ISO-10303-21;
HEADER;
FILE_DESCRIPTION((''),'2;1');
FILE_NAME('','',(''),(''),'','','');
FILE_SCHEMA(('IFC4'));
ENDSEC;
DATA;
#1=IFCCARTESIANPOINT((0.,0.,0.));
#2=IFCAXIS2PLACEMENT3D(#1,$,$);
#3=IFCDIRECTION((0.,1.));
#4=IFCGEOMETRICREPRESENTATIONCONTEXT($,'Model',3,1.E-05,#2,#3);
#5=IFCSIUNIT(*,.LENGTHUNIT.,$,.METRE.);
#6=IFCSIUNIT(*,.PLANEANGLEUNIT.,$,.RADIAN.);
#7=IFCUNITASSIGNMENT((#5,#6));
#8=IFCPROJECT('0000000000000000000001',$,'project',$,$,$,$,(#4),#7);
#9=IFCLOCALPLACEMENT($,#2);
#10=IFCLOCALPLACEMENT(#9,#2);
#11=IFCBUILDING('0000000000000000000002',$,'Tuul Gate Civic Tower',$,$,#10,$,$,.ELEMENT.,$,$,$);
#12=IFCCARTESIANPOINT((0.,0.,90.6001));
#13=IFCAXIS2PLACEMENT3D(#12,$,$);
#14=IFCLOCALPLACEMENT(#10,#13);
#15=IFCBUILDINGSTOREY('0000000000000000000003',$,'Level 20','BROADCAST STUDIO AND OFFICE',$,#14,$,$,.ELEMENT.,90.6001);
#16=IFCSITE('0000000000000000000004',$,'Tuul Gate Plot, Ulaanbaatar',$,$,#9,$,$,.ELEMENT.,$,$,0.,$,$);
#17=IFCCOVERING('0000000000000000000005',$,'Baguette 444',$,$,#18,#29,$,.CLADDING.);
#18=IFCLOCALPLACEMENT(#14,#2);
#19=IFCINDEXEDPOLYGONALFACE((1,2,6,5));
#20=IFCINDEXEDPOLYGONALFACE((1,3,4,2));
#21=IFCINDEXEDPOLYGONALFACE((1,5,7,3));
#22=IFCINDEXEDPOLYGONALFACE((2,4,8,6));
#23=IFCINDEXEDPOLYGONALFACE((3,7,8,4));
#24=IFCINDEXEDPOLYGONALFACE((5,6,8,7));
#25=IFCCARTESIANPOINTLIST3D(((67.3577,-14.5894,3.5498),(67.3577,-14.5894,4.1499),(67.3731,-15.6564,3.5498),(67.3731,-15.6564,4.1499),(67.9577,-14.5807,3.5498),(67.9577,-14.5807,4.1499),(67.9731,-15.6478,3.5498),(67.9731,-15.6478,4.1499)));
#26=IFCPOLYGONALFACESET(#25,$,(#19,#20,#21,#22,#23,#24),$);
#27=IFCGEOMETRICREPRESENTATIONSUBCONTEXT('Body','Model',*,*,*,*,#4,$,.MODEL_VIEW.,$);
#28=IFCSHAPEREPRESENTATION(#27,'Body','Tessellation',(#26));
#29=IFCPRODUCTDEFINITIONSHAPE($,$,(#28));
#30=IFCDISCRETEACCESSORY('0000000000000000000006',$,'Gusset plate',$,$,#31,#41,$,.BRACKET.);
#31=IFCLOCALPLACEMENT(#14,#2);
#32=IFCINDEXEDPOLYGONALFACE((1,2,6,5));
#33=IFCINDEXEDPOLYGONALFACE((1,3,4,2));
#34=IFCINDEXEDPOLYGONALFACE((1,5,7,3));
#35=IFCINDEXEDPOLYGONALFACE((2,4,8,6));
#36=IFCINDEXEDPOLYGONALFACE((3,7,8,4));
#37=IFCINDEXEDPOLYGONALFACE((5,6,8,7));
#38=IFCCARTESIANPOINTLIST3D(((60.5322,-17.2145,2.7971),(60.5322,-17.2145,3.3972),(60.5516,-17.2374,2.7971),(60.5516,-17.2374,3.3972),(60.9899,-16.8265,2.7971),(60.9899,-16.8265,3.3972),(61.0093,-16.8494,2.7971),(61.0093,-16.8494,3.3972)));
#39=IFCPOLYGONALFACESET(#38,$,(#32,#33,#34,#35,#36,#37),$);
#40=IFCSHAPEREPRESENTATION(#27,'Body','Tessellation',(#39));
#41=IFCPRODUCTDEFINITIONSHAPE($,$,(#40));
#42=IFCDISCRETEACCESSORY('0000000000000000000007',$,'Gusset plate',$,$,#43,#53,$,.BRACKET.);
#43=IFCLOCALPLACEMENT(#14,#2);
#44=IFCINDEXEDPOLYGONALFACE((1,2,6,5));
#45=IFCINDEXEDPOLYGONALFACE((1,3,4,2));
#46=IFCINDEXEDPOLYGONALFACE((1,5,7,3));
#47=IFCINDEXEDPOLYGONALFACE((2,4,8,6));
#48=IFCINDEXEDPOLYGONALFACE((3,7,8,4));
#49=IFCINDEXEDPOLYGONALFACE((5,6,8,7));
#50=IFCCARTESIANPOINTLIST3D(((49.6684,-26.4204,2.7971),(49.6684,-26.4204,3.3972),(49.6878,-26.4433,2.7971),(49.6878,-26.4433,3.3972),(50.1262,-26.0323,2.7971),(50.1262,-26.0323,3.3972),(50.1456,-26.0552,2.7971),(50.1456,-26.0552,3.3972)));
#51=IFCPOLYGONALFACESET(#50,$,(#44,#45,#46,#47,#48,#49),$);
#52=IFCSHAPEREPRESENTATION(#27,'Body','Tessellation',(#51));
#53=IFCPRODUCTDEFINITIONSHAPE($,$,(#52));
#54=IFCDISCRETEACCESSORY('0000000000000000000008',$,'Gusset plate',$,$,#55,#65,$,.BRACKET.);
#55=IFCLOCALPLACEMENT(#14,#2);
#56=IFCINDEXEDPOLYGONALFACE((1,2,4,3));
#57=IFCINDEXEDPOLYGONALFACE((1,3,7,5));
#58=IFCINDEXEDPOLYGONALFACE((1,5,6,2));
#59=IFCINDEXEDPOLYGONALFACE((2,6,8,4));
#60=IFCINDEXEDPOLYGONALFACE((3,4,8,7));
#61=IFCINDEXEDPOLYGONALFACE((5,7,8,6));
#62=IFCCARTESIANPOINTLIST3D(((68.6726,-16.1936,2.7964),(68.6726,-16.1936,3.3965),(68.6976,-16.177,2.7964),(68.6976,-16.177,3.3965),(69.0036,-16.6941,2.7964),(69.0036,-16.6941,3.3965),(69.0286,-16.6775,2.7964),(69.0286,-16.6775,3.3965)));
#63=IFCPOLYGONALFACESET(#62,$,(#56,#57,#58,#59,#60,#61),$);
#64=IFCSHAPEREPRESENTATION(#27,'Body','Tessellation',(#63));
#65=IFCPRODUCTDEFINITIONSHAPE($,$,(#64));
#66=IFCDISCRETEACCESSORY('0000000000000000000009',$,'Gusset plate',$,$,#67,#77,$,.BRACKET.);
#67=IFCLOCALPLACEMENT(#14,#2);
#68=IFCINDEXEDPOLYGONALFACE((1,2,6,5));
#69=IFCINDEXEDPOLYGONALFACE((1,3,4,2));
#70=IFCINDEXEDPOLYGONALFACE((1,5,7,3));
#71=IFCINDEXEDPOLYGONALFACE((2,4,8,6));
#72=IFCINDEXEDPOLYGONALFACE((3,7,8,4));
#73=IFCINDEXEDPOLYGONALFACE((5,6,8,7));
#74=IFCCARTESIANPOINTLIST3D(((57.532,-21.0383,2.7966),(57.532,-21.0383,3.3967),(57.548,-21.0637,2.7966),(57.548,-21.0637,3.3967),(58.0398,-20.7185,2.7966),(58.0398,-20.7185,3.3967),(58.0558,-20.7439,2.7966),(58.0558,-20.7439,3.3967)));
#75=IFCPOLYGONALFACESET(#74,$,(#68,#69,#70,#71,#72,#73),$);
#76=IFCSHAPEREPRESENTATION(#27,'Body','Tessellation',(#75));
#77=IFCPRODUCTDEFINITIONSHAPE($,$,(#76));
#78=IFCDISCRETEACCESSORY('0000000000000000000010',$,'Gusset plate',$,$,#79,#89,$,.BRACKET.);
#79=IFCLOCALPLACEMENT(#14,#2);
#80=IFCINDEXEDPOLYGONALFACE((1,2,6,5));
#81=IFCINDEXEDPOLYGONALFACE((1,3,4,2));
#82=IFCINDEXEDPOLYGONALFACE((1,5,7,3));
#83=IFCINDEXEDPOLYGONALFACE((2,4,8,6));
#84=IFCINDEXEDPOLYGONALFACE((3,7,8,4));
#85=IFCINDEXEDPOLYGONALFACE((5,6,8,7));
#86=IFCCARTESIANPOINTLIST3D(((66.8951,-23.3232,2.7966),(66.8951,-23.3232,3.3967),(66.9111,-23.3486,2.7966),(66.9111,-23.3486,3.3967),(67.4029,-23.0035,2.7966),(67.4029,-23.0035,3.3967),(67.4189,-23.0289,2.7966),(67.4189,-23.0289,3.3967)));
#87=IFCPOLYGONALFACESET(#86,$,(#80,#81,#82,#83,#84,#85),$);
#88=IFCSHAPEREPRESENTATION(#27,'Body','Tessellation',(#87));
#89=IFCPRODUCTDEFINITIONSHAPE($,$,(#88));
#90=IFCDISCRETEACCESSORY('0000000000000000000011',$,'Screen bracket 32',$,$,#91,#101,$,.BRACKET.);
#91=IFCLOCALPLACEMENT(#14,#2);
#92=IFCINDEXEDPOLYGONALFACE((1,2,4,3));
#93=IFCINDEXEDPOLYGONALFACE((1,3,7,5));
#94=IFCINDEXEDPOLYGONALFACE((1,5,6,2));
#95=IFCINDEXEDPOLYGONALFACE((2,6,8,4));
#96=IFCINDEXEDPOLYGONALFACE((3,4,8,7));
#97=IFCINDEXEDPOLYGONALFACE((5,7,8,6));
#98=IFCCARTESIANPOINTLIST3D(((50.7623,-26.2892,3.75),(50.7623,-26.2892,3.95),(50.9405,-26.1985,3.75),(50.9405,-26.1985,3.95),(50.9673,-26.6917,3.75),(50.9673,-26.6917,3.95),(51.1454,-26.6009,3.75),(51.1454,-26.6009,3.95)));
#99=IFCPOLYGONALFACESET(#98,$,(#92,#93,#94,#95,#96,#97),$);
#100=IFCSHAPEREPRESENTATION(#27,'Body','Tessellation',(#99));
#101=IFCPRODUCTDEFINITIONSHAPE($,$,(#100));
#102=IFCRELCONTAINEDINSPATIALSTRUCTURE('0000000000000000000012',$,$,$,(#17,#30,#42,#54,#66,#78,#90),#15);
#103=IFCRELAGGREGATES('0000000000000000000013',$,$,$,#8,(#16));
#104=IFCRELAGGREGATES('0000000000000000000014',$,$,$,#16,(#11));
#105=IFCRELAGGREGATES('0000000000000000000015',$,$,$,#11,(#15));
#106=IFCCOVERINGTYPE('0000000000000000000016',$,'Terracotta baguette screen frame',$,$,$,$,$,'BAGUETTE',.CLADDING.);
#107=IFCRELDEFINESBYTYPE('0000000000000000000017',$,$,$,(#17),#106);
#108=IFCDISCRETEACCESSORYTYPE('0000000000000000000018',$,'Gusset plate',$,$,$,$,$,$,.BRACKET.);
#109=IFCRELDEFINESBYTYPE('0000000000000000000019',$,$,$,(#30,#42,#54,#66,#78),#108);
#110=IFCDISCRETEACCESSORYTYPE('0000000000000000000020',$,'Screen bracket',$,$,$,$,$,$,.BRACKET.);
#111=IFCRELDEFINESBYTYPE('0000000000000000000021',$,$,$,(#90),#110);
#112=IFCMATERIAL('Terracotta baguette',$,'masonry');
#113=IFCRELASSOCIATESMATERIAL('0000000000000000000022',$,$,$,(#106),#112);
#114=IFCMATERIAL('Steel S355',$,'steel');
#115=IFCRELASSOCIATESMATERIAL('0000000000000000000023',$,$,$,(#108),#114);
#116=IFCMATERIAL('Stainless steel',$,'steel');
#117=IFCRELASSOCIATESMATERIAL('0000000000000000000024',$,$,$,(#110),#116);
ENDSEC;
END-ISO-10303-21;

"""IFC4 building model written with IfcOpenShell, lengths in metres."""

from ifc_helpers import new_model, si_unit, direction, frame, origin, origin_2d, place, context, subcontext, project, spatial, rectangle, extrude, material, material_profile, profile_set, type_object, element, save


model = new_model("IFC4")

# Units and contexts
model_context = context("Model", 3, precision=1e-05, world=origin(), true_north=direction((0.0, 1.0)))
body_context = subcontext(model_context, "Body", "Model", "MODEL_VIEW")
ifc_project = project(units=[si_unit("LENGTHUNIT", "METRE"), si_unit("PLANEANGLEUNIT", "RADIAN")], contexts=[model_context])

# Site, building, storey
site_placement = place(None, origin())
site = spatial("IfcSite", under=ifc_project, at=site_placement, Name="Tuul Gate Plot, Ulaanbaatar", CompositionType="ELEMENT", RefElevation=0.0)
building_placement = place(site_placement, origin())
building = spatial("IfcBuilding", under=site, at=building_placement, Name="Tuul Gate Civic Tower", CompositionType="ELEMENT")
storey_placement = place(building_placement, frame((0.0, 0.0, 90.6001)))
storey = spatial("IfcBuildingStorey", under=building, at=storey_placement, Name="Level 20", Description="BROADCAST STUDIO AND OFFICE", CompositionType="ELEMENT", Elevation=90.6001)

# Covering
ifc_material_1 = material(Name="Terracotta baguette", Category="masonry")
ifc_material_profile_1 = material_profile(ifc_material_1, rectangle(XDim=0.6001, YDim=0.6001, at=origin_2d()), Name="Terracotta baguette screen frame")
ifc_profile_set_1 = profile_set([ifc_material_profile_1], Name="Terracotta baguette")
covering_type = type_object("IfcCoveringType", Name="Terracotta baguette screen frame", ElementType="BAGUETTE", PredefinedType="CLADDING", material=ifc_profile_set_1)
covering_1_placement = place(storey_placement, frame((67.6731, -15.6521, 3.8499), z_axis=(-0.014412, 0.999896, 0.0), x_axis=(-0.999896, -0.014412, 0.0)))
element("IfcCovering", 1, at=covering_1_placement, inside=storey, type_object=covering_type, Name="Baguette 444", PredefinedType="CLADDING", context=body_context, shape_type="SweptSolid", body=[
    extrude(rectangle(XDim=0.6001, YDim=0.6001, at=origin_2d()), origin(), (0.0, 0.0, 1.0), 1.0671),
])

# Discrete accessories
ifc_material_2 = material(Name="Steel S355", Category="steel")
discrete_accessory_type_1 = type_object("IfcDiscreteAccessoryType", Name="Gusset plate", PredefinedType="BRACKET", material=ifc_material_2)
for number, where, z_axis, x_axis, name in (
    (2, (60.7708, -17.032, 2.7971), (0.0, 0.0, 1.0), (0.762825, 0.646605, 0.0), "Gusset plate"),
    (3, (49.907, -26.2378, 2.7971), (0.0, 0.0, 1.0), (0.762825, 0.646605, 0.0), "Gusset plate"),
    (4, (68.8506, -16.4355, 2.7964), (0.0, 0.0, 1.0), (0.551598, -0.83411, 0.0), "Gusset plate"),
    (5, (57.7939, -20.8911, 2.7966), (0.0, 0.0, 1.0), (0.846187, 0.532886, 0.0), "Gusset plate"),
    (6, (67.157, -23.176, 2.7966), (0.0, 0.0, 1.0), (0.846275, 0.532746, 0.0), "Gusset plate"),
):
    element("IfcDiscreteAccessory", number, at=place(storey_placement, frame(where, z_axis=z_axis, x_axis=x_axis)), inside=storey, type_object=discrete_accessory_type_1, Name=name, PredefinedType="BRACKET", context=body_context, shape_type="SweptSolid", body=[
        extrude(rectangle(XDim=0.6001, YDim=0.03, at=origin_2d()), origin(), (0.0, 0.0, 1.0), 0.6001),
    ])
ifc_material_3 = material(Name="Stainless steel", Category="steel")
discrete_accessory_type_2 = type_object("IfcDiscreteAccessoryType", Name="Screen bracket", PredefinedType="BRACKET", material=ifc_material_3)
discrete_accessory_placement = place(storey_placement, frame((50.9539, -26.4451, 3.75), z_axis=(0.0, 0.0, 1.0), x_axis=(0.453849, -0.891079, 0.0)))
element("IfcDiscreteAccessory", 7, at=discrete_accessory_placement, inside=storey, type_object=discrete_accessory_type_2, Name="Screen bracket 32", PredefinedType="BRACKET", context=body_context, shape_type="SweptSolid", body=[
    extrude(rectangle(XDim=0.4517, YDim=0.2, at=origin_2d()), origin(), (0.0, 0.0, 1.0), 0.2),
])

save(model, "model.ifc")
